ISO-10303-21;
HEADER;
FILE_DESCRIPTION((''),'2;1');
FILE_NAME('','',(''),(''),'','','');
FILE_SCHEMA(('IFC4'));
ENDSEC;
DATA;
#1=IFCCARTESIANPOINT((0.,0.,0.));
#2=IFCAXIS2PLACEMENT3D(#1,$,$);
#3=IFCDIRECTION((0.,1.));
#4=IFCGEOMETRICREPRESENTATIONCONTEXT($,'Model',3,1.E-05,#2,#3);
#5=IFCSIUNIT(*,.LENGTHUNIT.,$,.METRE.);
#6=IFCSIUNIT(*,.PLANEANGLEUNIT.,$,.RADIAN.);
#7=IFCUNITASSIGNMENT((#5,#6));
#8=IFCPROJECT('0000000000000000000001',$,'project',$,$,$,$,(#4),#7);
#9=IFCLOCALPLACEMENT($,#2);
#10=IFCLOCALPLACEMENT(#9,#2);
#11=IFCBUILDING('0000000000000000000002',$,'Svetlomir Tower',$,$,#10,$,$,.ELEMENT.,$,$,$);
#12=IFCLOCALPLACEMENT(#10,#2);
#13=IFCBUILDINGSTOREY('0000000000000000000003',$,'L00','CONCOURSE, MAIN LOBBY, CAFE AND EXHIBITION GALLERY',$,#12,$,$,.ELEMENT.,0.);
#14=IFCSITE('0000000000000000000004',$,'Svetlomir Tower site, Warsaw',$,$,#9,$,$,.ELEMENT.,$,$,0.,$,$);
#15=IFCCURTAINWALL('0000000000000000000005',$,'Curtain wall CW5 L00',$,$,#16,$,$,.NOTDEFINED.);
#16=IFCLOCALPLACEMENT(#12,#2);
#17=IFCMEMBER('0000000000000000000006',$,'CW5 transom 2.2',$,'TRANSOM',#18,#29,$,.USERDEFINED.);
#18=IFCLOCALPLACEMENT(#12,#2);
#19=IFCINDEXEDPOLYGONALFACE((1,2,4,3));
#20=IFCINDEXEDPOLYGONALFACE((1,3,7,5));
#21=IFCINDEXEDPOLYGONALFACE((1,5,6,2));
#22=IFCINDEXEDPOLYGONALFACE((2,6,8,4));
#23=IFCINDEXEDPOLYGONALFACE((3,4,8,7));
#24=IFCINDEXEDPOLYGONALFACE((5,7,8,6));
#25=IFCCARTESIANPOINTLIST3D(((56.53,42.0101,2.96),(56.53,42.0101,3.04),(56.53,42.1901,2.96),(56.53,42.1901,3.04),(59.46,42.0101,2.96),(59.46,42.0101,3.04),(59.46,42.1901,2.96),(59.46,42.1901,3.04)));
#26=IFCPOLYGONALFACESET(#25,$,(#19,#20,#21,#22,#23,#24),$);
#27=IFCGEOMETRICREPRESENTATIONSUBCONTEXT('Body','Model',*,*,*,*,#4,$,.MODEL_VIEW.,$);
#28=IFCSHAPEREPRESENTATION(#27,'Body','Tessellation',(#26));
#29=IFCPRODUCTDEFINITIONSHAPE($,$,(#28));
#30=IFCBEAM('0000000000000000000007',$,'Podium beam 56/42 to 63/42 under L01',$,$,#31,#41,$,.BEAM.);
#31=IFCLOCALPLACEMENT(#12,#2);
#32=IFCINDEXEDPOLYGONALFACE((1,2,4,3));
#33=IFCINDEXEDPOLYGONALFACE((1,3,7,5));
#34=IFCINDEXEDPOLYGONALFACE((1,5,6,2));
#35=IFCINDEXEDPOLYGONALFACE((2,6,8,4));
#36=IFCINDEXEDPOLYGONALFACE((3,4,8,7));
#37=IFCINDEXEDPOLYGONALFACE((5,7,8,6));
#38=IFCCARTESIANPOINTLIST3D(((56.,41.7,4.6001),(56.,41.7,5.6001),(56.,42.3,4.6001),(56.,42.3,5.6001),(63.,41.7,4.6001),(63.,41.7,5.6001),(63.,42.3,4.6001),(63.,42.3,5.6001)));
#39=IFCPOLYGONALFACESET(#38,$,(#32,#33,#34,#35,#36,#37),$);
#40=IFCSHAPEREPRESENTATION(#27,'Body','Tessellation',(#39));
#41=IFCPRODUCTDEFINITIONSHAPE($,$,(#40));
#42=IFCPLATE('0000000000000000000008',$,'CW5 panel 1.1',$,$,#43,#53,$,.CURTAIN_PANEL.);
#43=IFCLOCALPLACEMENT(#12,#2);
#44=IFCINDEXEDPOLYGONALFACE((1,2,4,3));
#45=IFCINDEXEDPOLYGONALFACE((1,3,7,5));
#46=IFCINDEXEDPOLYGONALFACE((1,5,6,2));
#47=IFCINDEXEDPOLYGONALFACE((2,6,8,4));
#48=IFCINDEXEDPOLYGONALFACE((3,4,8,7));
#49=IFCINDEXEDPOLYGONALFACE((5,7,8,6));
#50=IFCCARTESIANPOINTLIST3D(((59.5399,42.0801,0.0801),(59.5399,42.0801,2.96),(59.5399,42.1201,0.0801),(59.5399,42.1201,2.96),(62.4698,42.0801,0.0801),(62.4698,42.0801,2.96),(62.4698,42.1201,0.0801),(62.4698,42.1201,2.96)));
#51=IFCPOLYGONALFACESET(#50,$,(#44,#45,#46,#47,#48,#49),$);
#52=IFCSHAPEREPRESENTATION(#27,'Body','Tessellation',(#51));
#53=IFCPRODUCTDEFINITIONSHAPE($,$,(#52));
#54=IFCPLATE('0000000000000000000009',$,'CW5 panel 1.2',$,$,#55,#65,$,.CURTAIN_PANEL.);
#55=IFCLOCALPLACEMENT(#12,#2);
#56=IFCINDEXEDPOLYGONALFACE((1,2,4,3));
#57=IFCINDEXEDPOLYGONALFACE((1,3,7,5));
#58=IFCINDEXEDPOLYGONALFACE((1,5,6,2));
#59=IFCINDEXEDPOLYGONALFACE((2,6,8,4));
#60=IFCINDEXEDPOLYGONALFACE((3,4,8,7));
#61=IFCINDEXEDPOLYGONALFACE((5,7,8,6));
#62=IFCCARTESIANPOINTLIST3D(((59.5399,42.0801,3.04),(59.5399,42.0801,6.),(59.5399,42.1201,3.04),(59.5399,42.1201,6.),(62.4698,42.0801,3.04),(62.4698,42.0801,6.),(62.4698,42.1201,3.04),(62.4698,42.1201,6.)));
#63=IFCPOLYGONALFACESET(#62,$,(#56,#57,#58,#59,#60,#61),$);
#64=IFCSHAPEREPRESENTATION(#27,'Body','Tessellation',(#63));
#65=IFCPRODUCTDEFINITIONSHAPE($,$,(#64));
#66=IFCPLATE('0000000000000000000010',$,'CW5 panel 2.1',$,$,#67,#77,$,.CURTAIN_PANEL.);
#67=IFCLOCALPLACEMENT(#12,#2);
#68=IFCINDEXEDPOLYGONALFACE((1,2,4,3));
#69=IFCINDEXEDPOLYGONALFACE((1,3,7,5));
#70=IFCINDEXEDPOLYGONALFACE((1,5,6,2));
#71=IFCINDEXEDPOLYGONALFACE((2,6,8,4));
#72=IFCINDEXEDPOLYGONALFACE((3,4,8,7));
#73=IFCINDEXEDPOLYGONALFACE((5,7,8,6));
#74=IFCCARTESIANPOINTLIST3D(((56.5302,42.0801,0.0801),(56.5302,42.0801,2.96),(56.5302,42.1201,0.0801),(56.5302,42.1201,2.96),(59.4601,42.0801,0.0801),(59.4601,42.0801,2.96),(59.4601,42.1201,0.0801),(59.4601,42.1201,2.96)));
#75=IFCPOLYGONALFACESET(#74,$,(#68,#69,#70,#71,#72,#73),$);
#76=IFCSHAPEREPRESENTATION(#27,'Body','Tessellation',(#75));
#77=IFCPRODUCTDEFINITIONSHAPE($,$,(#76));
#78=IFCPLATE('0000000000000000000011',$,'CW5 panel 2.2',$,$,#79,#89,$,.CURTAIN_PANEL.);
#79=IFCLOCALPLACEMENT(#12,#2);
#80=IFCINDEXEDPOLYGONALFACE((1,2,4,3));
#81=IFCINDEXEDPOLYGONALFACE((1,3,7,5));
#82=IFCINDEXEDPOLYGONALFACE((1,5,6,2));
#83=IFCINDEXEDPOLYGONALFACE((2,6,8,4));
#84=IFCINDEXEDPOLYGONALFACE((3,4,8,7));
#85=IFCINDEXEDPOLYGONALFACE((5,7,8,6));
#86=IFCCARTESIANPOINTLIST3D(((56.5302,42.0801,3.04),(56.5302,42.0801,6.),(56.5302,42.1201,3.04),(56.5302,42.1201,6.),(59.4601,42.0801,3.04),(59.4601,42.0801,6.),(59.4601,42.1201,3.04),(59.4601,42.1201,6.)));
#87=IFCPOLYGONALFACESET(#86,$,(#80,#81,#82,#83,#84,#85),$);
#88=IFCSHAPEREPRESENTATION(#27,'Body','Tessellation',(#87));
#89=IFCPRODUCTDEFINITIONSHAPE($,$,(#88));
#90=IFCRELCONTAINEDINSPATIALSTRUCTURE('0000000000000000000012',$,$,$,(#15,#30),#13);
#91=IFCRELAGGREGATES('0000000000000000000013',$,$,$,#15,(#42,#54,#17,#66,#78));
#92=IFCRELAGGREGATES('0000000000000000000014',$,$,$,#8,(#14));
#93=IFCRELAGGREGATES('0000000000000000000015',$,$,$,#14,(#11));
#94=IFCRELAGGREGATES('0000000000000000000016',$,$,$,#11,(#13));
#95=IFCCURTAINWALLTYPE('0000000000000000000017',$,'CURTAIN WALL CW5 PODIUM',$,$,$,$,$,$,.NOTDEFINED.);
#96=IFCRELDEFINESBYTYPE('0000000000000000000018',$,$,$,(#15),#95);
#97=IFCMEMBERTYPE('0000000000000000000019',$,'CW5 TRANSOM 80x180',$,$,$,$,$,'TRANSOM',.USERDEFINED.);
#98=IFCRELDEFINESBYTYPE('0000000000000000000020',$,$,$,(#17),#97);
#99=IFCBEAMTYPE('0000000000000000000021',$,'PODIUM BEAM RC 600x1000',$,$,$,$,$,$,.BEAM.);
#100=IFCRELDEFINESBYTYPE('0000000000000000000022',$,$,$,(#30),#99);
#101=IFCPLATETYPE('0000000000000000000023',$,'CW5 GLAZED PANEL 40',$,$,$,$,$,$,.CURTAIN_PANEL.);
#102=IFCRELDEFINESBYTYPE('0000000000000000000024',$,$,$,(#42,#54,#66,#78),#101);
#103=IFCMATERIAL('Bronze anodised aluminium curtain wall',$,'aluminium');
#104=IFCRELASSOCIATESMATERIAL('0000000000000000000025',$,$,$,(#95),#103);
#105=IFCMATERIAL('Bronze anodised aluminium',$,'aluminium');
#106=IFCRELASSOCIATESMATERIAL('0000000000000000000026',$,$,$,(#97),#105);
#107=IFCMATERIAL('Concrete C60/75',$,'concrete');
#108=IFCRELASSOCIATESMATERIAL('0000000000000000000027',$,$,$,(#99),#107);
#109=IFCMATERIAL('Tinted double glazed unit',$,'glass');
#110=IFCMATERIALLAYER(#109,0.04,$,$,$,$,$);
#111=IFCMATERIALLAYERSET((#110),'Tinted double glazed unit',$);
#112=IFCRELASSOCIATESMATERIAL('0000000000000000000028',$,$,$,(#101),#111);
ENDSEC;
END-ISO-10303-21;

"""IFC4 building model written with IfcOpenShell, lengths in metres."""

from ifc_helpers import new_model, si_unit, direction, frame, origin, origin_2d, place, context, subcontext, project, spatial, rectangle, extrude, material, layer, layer_set, material_profile, profile_set, type_object, element, aggregate, save


model = new_model("IFC4")

# Units and contexts
model_context = context("Model", 3, precision=1e-05, world=origin(), true_north=direction((0.0, 1.0)))
body_context = subcontext(model_context, "Body", "Model", "MODEL_VIEW")
ifc_project = project(units=[si_unit("LENGTHUNIT", "METRE"), si_unit("PLANEANGLEUNIT", "RADIAN")], contexts=[model_context])

# Site, building, storey
site_placement = place(None, origin())
site = spatial("IfcSite", under=ifc_project, at=site_placement, Name="Svetlomir Tower site, Warsaw", CompositionType="ELEMENT", RefElevation=0.0)
building_placement = place(site_placement, origin())
building = spatial("IfcBuilding", under=site, at=building_placement, Name="Svetlomir Tower", CompositionType="ELEMENT")
storey_placement = place(building_placement, origin())
storey = spatial("IfcBuildingStorey", under=building, at=storey_placement, Name="L00", Description="CONCOURSE, MAIN LOBBY, CAFE AND EXHIBITION GALLERY", CompositionType="ELEMENT", Elevation=0.0)

# Curtain wall, member
ifc_material_1 = material(Name="Bronze anodised aluminium curtain wall", Category="aluminium")
curtain_wall_type = type_object("IfcCurtainWallType", Name="CURTAIN WALL CW5 PODIUM", PredefinedType="NOTDEFINED", material=ifc_material_1)
curtain_wall_placement = place(storey_placement, origin())
curtain_wall = element("IfcCurtainWall", 1, at=curtain_wall_placement, inside=storey, type_object=curtain_wall_type, Name="Curtain wall CW5 L00", PredefinedType="NOTDEFINED")
ifc_material_2 = material(Name="Bronze anodised aluminium", Category="aluminium")
ifc_material_profile_1 = material_profile(ifc_material_2, rectangle(XDim=0.1799, YDim=0.0801, at=origin_2d()), Name="AL 180x80")
ifc_profile_set_1 = profile_set([ifc_material_profile_1], Name="Bronze anodised aluminium 6063-T6")
member_type_1 = type_object("IfcMemberType", Name="CW5 TRANSOM 80x180", ElementType="TRANSOM", PredefinedType="USERDEFINED", material=ifc_profile_set_1)
member_1_placement = place(storey_placement, frame((59.46, 42.1001, 3.0), z_axis=(-1.0, 0.0, 0.0), x_axis=(0.0, -1.0, 0.0)))
member_1 = element("IfcMember", 2, at=member_1_placement, type_object=member_type_1, Name="CW5 transom 2.2", ObjectType="TRANSOM", PredefinedType="USERDEFINED", context=body_context, shape_type="SweptSolid", body=[
    extrude(rectangle(XDim=0.1799, YDim=0.0801, at=origin_2d()), origin(), (0.0, 0.0, 1.0), 2.9299),
])

# Beam
ifc_material_3 = material(Name="Concrete C60/75", Category="concrete")
ifc_material_profile_2 = material_profile(ifc_material_3, rectangle(XDim=0.6001, YDim=1.0, at=origin_2d()), Name="RC 600x1000")
ifc_profile_set_2 = profile_set([ifc_material_profile_2], Name="Concrete C60/75")
beam_type = type_object("IfcBeamType", Name="PODIUM BEAM RC 600x1000", PredefinedType="BEAM", material=ifc_profile_set_2)
beam_placement = place(storey_placement, frame((56.0, 42.0, 5.1001), z_axis=(1.0, 0.0, 0.0), x_axis=(0.0, 1.0, 0.0)))
element("IfcBeam", 3, at=beam_placement, inside=storey, type_object=beam_type, Name="Podium beam 56/42 to 63/42 under L01", PredefinedType="BEAM", context=body_context, shape_type="SweptSolid", body=[
    extrude(rectangle(XDim=0.6001, YDim=1.0, at=origin_2d()), origin(), (0.0, 0.0, 1.0), 7.0),
])

# Plates
ifc_material_4 = material(Name="Tinted double glazed unit", Category="glass")
ifc_layer = layer(ifc_material_4, 0.04)
ifc_layer_set = layer_set([ifc_layer], Name="Tinted double glazed unit")
plate_type = type_object("IfcPlateType", Name="CW5 GLAZED PANEL 40", PredefinedType="CURTAIN_PANEL", material=ifc_layer_set)
plate_1_placement = place(storey_placement, frame((61.0049, 42.1001, 0.0801), z_axis=(0.0, 0.0, 1.0), x_axis=(-1.0, 0.0, 0.0)))
plate_1 = element("IfcPlate", 4, at=plate_1_placement, type_object=plate_type, Name="CW5 panel 1.1", PredefinedType="CURTAIN_PANEL", context=body_context, shape_type="SweptSolid", body=[
    extrude(rectangle(XDim=2.9299, YDim=0.04, at=origin_2d()), origin(), (0.0, 0.0, 1.0), 2.8799),
])
plate_2_placement = place(storey_placement, frame((61.0049, 42.1001, 3.04), z_axis=(0.0, 0.0, 1.0), x_axis=(-1.0, 0.0, 0.0)))
plate_2 = element("IfcPlate", 5, at=plate_2_placement, type_object=plate_type, Name="CW5 panel 1.2", PredefinedType="CURTAIN_PANEL", context=body_context, shape_type="SweptSolid", body=[
    extrude(rectangle(XDim=2.9299, YDim=0.04, at=origin_2d()), origin(), (0.0, 0.0, 1.0), 2.96),
])
plate_3_placement = place(storey_placement, frame((57.9951, 42.1001, 0.0801), z_axis=(0.0, 0.0, 1.0), x_axis=(-1.0, 0.0, 0.0)))
plate_3 = element("IfcPlate", 6, at=plate_3_placement, type_object=plate_type, Name="CW5 panel 2.1", PredefinedType="CURTAIN_PANEL", context=body_context, shape_type="SweptSolid", body=[
    extrude(rectangle(XDim=2.9299, YDim=0.04, at=origin_2d()), origin(), (0.0, 0.0, 1.0), 2.8799),
])
plate_4_placement = place(storey_placement, frame((57.9951, 42.1001, 3.04), z_axis=(0.0, 0.0, 1.0), x_axis=(-1.0, 0.0, 0.0)))
plate_4 = element("IfcPlate", 7, at=plate_4_placement, type_object=plate_type, Name="CW5 panel 2.2", PredefinedType="CURTAIN_PANEL", context=body_context, shape_type="SweptSolid", body=[
    extrude(rectangle(XDim=2.9299, YDim=0.04, at=origin_2d()), origin(), (0.0, 0.0, 1.0), 2.96),
])
aggregate(curtain_wall, [plate_1, plate_2, member_1, plate_3, plate_4])

save(model, "model.ifc")
